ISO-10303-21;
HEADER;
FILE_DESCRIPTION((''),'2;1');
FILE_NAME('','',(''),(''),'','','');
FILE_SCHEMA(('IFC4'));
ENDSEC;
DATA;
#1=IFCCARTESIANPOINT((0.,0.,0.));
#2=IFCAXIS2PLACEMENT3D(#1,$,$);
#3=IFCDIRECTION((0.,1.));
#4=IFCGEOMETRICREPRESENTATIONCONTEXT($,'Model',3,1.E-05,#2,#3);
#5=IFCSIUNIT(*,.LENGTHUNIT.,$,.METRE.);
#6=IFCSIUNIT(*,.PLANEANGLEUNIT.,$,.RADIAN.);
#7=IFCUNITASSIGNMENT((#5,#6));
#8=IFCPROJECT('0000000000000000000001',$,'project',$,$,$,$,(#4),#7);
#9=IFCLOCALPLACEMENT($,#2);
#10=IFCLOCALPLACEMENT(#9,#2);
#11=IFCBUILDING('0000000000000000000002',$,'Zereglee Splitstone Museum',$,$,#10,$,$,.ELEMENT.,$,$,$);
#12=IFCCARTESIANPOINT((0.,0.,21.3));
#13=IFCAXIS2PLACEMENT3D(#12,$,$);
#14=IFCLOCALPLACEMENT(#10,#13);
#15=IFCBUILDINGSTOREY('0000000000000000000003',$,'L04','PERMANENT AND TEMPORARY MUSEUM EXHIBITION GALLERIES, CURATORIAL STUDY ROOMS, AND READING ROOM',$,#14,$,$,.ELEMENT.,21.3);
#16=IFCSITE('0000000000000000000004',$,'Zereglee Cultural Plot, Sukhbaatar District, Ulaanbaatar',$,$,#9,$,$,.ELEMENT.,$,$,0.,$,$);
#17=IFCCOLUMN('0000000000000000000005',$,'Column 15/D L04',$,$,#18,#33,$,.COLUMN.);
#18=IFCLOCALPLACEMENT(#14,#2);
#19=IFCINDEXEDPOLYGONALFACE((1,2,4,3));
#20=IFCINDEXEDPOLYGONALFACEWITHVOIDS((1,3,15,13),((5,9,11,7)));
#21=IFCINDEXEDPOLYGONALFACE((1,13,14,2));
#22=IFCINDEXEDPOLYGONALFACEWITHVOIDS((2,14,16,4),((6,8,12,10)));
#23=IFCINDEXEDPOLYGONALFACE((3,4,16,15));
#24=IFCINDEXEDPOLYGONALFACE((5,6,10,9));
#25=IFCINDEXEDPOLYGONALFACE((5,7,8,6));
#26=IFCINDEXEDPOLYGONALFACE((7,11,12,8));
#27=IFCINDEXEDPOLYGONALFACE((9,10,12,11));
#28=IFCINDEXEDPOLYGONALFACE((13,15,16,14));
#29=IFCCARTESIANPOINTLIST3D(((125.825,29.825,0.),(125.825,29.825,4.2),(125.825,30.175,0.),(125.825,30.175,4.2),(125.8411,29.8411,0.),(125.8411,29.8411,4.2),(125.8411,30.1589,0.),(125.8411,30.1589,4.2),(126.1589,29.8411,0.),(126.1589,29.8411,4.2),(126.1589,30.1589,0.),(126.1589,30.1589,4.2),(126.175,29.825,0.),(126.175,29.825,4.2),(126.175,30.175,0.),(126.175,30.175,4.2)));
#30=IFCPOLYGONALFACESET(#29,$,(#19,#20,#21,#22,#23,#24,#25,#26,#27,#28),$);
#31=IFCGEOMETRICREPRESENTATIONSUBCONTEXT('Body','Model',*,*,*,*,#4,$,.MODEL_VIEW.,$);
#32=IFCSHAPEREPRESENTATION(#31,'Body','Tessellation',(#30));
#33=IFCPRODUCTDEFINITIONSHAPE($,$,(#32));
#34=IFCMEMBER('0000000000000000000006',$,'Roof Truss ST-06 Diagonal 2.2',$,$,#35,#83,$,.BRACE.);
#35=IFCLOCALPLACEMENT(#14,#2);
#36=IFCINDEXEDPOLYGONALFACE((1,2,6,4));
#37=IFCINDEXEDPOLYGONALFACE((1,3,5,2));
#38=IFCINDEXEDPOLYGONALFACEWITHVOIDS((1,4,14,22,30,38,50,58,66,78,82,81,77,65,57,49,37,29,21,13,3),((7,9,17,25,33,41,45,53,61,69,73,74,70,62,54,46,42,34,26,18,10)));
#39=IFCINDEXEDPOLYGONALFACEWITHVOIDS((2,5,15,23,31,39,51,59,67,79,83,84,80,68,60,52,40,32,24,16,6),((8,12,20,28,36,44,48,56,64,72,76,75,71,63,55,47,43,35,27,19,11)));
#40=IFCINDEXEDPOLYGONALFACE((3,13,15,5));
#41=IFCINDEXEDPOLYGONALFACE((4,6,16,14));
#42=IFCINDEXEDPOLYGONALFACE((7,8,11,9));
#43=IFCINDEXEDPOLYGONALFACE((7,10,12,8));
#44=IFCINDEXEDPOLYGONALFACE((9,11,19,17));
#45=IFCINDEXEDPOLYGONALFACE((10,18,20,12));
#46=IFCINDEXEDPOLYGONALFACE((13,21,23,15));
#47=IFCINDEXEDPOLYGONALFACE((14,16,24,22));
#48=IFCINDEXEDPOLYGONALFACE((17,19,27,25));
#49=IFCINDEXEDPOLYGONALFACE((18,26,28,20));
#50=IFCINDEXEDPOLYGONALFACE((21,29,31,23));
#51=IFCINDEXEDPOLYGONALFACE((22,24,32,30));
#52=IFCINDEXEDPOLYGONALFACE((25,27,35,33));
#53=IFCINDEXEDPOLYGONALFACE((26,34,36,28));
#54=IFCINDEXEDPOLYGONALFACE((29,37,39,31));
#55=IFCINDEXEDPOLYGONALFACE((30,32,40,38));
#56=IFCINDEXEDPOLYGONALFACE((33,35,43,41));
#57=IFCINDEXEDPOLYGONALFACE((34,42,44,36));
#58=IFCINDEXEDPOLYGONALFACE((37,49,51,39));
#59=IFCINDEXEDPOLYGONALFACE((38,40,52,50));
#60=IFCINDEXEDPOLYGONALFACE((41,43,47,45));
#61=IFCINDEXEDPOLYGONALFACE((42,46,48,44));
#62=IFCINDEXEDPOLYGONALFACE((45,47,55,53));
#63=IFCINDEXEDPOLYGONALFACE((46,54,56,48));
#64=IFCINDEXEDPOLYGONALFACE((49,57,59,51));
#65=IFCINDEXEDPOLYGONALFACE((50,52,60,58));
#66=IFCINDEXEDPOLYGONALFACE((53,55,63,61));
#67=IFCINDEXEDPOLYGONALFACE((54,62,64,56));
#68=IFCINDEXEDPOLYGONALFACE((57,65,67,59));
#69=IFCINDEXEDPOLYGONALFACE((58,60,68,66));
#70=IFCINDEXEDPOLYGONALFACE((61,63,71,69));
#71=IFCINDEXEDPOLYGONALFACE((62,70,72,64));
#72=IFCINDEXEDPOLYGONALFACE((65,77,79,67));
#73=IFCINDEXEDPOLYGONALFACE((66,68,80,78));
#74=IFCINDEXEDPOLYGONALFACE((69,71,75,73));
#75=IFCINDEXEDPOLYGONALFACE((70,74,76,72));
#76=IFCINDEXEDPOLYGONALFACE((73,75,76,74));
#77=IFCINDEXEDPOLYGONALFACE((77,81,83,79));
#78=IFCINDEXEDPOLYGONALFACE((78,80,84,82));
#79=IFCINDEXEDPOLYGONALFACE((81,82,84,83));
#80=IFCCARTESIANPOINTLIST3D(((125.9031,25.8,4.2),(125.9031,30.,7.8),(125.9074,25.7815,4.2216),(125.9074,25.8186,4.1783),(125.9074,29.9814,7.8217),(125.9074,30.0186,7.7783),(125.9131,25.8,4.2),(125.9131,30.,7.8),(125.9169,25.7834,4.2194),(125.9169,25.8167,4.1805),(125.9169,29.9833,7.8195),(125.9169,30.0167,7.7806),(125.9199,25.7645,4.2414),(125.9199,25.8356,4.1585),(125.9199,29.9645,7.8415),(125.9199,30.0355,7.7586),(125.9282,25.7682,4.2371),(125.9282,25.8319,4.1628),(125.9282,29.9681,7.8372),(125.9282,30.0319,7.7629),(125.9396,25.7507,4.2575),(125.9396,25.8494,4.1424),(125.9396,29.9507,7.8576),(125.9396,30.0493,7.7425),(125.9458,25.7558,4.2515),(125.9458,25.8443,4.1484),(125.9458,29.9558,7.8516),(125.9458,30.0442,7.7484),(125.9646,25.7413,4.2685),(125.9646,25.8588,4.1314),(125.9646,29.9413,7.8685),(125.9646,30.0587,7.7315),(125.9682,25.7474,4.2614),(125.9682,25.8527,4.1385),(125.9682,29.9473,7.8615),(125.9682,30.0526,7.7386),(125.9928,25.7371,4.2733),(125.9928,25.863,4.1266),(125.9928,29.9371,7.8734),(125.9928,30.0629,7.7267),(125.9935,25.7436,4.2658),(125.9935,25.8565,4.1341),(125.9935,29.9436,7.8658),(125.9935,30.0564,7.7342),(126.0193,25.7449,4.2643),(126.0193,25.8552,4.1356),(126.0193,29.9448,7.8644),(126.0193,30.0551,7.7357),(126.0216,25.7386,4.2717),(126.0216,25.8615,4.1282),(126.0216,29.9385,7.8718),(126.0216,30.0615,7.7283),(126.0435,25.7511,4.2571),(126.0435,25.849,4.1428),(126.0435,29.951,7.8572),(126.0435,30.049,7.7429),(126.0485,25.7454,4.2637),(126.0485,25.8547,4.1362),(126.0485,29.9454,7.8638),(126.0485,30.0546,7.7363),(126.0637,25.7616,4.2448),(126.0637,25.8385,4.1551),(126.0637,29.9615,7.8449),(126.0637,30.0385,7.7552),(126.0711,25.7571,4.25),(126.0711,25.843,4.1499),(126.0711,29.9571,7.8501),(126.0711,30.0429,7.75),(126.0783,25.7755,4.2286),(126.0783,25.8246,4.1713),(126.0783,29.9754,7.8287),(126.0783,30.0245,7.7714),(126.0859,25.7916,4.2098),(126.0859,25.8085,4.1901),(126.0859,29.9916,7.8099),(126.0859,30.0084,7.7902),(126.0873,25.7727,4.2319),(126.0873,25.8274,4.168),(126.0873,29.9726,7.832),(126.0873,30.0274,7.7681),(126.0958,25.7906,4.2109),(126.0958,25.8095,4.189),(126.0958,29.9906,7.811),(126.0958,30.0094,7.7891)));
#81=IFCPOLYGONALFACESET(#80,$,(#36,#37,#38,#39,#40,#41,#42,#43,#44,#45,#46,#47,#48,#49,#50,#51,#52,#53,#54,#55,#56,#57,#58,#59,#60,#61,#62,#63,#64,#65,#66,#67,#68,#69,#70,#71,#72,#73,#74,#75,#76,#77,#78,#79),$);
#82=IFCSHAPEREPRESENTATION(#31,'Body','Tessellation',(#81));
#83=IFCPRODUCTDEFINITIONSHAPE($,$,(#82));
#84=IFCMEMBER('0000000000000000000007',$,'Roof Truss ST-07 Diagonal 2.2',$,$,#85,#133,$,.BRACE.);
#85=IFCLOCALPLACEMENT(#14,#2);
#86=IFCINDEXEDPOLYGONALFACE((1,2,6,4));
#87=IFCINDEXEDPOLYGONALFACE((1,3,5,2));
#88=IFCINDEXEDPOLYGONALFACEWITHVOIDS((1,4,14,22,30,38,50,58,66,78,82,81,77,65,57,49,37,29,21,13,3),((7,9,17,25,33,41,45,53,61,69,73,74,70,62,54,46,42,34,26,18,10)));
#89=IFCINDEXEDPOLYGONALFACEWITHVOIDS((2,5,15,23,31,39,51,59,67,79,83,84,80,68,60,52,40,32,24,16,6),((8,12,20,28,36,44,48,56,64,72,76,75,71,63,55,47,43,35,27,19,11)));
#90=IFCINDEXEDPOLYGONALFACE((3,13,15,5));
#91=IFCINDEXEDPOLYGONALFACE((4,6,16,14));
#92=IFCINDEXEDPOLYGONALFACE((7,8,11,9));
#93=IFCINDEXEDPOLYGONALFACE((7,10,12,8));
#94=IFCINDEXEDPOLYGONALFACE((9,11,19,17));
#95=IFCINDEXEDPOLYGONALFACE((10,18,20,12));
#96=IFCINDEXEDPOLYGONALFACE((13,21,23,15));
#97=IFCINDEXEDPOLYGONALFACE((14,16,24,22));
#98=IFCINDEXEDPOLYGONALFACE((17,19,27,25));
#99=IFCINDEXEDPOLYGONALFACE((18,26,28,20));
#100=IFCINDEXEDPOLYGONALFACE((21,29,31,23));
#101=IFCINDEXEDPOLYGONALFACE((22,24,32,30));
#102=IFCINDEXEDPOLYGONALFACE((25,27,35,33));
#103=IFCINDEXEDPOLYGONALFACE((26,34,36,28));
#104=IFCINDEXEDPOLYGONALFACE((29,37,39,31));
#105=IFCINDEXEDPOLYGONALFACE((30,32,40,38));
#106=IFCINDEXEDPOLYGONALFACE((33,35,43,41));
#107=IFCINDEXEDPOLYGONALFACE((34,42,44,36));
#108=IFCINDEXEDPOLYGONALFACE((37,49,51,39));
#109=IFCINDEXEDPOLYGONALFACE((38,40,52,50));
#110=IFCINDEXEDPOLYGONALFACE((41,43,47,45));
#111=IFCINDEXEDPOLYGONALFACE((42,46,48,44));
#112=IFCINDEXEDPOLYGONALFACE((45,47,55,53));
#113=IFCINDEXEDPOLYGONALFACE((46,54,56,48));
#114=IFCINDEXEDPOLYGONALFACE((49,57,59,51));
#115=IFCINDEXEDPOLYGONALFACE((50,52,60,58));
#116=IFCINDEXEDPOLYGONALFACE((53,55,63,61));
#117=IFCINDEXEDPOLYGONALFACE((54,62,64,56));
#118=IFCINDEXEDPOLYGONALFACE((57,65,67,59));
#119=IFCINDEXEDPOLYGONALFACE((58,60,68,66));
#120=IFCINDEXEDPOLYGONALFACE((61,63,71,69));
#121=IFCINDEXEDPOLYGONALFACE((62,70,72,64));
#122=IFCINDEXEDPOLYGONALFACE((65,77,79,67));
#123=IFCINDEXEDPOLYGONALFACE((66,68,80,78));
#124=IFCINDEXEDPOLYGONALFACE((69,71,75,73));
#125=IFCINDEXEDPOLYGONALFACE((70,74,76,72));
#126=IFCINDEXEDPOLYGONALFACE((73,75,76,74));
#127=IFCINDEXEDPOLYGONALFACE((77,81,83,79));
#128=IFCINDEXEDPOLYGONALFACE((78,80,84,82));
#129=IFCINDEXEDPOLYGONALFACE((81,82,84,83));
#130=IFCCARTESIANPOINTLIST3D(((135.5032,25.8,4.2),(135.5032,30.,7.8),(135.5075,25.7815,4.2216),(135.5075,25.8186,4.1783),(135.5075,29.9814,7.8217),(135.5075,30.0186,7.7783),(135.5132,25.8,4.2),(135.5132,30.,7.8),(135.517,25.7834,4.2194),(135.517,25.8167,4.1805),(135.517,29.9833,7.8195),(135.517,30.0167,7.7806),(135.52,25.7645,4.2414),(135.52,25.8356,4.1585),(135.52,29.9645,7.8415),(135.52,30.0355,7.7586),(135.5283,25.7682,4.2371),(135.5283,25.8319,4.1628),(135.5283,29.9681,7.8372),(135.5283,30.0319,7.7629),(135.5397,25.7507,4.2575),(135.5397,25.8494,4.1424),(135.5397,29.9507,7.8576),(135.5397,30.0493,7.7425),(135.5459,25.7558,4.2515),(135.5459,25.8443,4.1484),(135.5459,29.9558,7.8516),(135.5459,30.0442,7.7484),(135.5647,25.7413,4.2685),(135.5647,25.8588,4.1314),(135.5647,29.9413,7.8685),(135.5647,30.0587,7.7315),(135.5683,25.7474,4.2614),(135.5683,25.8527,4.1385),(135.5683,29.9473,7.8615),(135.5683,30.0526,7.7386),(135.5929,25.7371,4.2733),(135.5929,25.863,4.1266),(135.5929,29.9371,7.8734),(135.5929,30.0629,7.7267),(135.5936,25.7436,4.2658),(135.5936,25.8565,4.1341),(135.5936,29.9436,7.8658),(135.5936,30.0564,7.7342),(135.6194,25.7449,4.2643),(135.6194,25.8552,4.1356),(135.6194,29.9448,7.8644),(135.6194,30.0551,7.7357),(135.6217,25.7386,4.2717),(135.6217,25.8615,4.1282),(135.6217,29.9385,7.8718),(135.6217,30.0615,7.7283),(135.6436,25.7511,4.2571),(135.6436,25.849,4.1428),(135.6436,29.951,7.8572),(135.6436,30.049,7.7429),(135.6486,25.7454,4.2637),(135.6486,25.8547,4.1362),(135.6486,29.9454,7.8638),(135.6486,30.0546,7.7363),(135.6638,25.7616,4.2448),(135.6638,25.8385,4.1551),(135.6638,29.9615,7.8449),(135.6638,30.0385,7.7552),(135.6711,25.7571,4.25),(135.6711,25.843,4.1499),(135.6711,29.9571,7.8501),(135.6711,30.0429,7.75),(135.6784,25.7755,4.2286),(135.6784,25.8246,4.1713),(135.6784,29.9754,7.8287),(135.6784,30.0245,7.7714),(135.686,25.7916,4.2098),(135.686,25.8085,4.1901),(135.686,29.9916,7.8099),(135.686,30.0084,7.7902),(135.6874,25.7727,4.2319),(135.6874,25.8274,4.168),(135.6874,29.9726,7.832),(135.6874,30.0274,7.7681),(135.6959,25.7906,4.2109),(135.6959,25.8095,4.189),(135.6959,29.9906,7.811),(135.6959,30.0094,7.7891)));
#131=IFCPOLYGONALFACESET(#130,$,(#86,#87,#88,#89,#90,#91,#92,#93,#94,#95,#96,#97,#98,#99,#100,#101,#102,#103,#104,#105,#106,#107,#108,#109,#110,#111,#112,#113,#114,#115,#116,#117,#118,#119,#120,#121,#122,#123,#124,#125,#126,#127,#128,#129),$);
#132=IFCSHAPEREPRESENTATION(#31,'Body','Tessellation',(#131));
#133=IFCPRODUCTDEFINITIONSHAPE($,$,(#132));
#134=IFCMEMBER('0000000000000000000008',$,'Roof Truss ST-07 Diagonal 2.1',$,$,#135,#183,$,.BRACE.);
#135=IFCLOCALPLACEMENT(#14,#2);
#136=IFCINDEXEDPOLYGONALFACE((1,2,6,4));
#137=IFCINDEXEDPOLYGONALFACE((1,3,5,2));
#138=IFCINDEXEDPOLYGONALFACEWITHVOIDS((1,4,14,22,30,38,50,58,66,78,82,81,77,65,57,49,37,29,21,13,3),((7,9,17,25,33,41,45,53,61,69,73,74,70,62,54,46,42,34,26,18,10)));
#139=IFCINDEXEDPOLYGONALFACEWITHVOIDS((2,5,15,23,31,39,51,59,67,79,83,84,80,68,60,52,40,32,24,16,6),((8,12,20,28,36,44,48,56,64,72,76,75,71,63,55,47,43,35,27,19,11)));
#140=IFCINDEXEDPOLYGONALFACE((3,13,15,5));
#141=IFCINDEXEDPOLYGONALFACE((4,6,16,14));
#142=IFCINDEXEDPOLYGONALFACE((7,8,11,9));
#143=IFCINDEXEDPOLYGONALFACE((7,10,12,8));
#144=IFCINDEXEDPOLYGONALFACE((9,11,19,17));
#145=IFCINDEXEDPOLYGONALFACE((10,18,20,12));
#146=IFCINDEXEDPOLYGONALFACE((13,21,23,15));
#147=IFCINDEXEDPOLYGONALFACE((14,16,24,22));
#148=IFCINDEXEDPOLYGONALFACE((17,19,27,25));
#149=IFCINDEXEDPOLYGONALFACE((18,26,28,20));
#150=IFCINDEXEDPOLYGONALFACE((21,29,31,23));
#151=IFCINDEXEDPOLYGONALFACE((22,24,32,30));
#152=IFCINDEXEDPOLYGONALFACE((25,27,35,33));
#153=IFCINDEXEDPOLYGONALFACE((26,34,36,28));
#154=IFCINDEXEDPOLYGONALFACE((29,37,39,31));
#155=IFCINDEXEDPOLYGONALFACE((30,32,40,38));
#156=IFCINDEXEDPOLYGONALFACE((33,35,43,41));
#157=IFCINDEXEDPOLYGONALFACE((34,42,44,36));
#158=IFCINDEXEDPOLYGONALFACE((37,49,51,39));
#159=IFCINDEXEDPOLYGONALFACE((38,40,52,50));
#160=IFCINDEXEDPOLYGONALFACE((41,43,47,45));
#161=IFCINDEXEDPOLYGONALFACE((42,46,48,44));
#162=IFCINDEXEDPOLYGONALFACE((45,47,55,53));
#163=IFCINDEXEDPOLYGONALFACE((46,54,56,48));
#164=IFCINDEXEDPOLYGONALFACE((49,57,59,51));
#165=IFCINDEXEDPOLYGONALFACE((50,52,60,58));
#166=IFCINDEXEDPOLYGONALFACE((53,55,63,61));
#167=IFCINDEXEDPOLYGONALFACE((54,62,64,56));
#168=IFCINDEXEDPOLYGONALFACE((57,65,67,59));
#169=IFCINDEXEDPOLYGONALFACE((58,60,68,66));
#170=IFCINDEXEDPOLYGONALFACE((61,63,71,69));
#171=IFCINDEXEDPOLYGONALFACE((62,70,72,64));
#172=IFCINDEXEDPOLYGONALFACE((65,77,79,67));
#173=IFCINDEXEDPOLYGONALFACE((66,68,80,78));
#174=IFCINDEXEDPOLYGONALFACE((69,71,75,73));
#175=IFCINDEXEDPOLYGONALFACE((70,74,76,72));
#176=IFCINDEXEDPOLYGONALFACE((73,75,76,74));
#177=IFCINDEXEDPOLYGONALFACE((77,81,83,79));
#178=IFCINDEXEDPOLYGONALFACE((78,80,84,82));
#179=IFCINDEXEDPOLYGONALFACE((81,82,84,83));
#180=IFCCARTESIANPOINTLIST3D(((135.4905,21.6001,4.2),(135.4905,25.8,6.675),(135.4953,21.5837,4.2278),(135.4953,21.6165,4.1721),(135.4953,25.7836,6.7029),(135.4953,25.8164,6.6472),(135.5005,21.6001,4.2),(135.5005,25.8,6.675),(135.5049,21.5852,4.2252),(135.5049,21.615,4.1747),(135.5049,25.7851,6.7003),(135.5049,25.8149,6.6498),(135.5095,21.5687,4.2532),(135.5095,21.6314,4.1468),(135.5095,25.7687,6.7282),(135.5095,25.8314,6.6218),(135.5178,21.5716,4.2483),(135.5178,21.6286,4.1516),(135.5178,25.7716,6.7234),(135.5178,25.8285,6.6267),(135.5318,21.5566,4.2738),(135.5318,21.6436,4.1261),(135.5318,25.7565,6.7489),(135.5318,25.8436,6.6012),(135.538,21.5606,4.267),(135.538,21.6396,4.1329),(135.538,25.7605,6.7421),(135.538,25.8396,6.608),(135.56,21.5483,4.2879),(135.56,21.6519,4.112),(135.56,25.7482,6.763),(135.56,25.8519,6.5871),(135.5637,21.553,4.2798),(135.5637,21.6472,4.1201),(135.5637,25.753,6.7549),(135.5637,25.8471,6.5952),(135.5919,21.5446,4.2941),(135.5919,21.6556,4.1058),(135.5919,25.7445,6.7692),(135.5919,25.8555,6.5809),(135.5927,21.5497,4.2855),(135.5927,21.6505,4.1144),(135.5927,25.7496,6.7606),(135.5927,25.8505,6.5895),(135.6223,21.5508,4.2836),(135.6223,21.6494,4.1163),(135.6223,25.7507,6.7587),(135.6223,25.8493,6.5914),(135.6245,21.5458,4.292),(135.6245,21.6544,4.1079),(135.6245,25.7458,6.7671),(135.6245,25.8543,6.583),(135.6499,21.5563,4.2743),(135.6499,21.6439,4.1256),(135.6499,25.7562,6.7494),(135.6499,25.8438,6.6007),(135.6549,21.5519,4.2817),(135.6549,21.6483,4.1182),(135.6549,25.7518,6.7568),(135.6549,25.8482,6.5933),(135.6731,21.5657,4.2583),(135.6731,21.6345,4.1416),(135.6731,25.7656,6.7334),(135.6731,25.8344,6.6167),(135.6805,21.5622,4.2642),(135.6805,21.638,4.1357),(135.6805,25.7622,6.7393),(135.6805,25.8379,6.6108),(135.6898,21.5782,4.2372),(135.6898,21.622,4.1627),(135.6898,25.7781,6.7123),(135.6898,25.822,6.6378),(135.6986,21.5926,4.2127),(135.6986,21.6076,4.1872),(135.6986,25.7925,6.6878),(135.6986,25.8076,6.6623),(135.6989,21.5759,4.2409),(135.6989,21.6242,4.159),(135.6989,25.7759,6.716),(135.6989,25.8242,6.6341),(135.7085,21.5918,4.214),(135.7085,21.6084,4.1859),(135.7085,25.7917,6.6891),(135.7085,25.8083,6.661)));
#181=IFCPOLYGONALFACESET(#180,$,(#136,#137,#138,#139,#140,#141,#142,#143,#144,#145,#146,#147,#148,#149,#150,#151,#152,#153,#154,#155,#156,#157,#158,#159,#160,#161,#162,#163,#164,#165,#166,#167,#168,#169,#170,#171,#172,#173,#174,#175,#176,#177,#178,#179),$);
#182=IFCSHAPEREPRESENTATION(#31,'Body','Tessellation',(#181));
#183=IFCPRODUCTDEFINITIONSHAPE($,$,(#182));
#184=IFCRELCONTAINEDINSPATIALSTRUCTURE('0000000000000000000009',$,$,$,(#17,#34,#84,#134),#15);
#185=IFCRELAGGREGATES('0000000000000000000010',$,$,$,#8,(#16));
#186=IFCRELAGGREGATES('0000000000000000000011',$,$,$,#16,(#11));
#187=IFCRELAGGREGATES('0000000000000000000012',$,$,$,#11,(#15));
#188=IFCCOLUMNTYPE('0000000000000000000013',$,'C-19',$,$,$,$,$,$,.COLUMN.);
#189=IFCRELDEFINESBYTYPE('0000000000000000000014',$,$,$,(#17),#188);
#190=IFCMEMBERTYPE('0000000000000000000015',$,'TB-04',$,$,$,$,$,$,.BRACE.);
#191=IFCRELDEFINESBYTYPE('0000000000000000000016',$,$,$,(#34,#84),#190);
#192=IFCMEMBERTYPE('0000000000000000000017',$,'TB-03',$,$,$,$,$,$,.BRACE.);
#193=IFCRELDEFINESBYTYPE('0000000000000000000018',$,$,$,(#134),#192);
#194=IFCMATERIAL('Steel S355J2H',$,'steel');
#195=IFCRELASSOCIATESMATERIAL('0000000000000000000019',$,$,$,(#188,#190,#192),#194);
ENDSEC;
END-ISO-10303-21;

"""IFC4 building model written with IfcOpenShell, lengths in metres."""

from ifc_helpers import new_model, si_unit, direction, frame, origin, origin_2d, place, context, subcontext, project, spatial, hollow_rectangle, hollow_circle, extrude, material, material_profile, profile_set, type_object, element, save


model = new_model("IFC4")

# Units and contexts
model_context = context("Model", 3, precision=1e-05, world=origin(), true_north=direction((0.0, 1.0)))
body_context = subcontext(model_context, "Body", "Model", "MODEL_VIEW")
ifc_project = project(units=[si_unit("LENGTHUNIT", "METRE"), si_unit("PLANEANGLEUNIT", "RADIAN")], contexts=[model_context])

# Site, building, storey
site_placement = place(None, origin())
site = spatial("IfcSite", under=ifc_project, at=site_placement, Name="Zereglee Cultural Plot, Sukhbaatar District, Ulaanbaatar", CompositionType="ELEMENT", RefElevation=0.0)
building_placement = place(site_placement, origin())
building = spatial("IfcBuilding", under=site, at=building_placement, Name="Zereglee Splitstone Museum", CompositionType="ELEMENT")
storey_placement = place(building_placement, frame((0.0, 0.0, 21.3)))
storey = spatial("IfcBuildingStorey", under=building, at=storey_placement, Name="L04", Description="PERMANENT AND TEMPORARY MUSEUM EXHIBITION GALLERIES, CURATORIAL STUDY ROOMS, AND READING ROOM", CompositionType="ELEMENT", Elevation=21.3)

# Column
ifc_material_1 = material(Name="Steel S355J2H", Category="steel")
ifc_material_profile_1 = material_profile(ifc_material_1, hollow_rectangle(XDim=0.3501, YDim=0.3501, WallThickness=0.0161, at=origin_2d()), Name="SHS 350x350x16")
ifc_profile_set_1 = profile_set([ifc_material_profile_1], Name="Steel S355J2H")
column_type = type_object("IfcColumnType", Name="C-19", PredefinedType="COLUMN", material=ifc_profile_set_1)
column_placement = place(storey_placement, frame((126.0, 30.0, 0.0), z_axis=(0.0, 0.0, 1.0), x_axis=(1.0, 0.0, 0.0)))
element("IfcColumn", 1, at=column_placement, inside=storey, type_object=column_type, Name="Column 15/D L04", PredefinedType="COLUMN", context=body_context, shape_type="SweptSolid", body=[
    extrude(hollow_rectangle(XDim=0.3501, YDim=0.3501, WallThickness=0.0161, at=origin_2d()), origin(), (0.0, 0.0, 1.0), 4.2),
])

# Members
ifc_material_profile_2 = material_profile(ifc_material_1, hollow_circle(Radius=0.0969, WallThickness=0.01, at=origin_2d()), Name="CHS 193.7x10")
ifc_profile_set_2 = profile_set([ifc_material_profile_2], Name="Steel S355J2H")
member_type_1 = type_object("IfcMemberType", Name="TB-04", PredefinedType="BRACE", material=ifc_profile_set_2)
for number, where, z_axis, x_axis, name in (
    (2, (126.0, 25.8, 4.2), (0.0, 0.759244, 0.650806), (-1.0, 0.0, 0.0), "Roof Truss ST-06 Diagonal 2.2"),
    (3, (135.6001, 25.8, 4.2), (0.0, 0.759244, 0.650806), (-1.0, 0.0, 0.0), "Roof Truss ST-07 Diagonal 2.2"),
):
    element("IfcMember", number, at=place(storey_placement, frame(where, z_axis=z_axis, x_axis=x_axis)), inside=storey, type_object=member_type_1, Name=name, PredefinedType="BRACE", context=body_context, shape_type="SweptSolid", body=[
        extrude(hollow_circle(Radius=0.0969, WallThickness=0.01, at=origin_2d()), origin(), (0.0, 0.0, 1.0), 5.5317),
    ])
ifc_material_profile_3 = material_profile(ifc_material_1, hollow_circle(Radius=0.1096, WallThickness=0.01, at=origin_2d()), Name="CHS 219.1x10")
ifc_profile_set_3 = profile_set([ifc_material_profile_3], Name="Steel S355J2H")
member_type_2 = type_object("IfcMemberType", Name="TB-03", PredefinedType="BRACE", material=ifc_profile_set_3)
member_1_placement = place(storey_placement, frame((135.6001, 21.6001, 4.2), z_axis=(0.0, 0.861527, 0.507712), x_axis=(-1.0, 0.0, 0.0)))
element("IfcMember", 4, at=member_1_placement, inside=storey, type_object=member_type_2, Name="Roof Truss ST-07 Diagonal 2.1", PredefinedType="BRACE", context=body_context, shape_type="SweptSolid", body=[
    extrude(hollow_circle(Radius=0.1096, WallThickness=0.01, at=origin_2d()), origin(), (0.0, 0.0, 1.0), 4.875),
])

save(model, "model.ifc")
